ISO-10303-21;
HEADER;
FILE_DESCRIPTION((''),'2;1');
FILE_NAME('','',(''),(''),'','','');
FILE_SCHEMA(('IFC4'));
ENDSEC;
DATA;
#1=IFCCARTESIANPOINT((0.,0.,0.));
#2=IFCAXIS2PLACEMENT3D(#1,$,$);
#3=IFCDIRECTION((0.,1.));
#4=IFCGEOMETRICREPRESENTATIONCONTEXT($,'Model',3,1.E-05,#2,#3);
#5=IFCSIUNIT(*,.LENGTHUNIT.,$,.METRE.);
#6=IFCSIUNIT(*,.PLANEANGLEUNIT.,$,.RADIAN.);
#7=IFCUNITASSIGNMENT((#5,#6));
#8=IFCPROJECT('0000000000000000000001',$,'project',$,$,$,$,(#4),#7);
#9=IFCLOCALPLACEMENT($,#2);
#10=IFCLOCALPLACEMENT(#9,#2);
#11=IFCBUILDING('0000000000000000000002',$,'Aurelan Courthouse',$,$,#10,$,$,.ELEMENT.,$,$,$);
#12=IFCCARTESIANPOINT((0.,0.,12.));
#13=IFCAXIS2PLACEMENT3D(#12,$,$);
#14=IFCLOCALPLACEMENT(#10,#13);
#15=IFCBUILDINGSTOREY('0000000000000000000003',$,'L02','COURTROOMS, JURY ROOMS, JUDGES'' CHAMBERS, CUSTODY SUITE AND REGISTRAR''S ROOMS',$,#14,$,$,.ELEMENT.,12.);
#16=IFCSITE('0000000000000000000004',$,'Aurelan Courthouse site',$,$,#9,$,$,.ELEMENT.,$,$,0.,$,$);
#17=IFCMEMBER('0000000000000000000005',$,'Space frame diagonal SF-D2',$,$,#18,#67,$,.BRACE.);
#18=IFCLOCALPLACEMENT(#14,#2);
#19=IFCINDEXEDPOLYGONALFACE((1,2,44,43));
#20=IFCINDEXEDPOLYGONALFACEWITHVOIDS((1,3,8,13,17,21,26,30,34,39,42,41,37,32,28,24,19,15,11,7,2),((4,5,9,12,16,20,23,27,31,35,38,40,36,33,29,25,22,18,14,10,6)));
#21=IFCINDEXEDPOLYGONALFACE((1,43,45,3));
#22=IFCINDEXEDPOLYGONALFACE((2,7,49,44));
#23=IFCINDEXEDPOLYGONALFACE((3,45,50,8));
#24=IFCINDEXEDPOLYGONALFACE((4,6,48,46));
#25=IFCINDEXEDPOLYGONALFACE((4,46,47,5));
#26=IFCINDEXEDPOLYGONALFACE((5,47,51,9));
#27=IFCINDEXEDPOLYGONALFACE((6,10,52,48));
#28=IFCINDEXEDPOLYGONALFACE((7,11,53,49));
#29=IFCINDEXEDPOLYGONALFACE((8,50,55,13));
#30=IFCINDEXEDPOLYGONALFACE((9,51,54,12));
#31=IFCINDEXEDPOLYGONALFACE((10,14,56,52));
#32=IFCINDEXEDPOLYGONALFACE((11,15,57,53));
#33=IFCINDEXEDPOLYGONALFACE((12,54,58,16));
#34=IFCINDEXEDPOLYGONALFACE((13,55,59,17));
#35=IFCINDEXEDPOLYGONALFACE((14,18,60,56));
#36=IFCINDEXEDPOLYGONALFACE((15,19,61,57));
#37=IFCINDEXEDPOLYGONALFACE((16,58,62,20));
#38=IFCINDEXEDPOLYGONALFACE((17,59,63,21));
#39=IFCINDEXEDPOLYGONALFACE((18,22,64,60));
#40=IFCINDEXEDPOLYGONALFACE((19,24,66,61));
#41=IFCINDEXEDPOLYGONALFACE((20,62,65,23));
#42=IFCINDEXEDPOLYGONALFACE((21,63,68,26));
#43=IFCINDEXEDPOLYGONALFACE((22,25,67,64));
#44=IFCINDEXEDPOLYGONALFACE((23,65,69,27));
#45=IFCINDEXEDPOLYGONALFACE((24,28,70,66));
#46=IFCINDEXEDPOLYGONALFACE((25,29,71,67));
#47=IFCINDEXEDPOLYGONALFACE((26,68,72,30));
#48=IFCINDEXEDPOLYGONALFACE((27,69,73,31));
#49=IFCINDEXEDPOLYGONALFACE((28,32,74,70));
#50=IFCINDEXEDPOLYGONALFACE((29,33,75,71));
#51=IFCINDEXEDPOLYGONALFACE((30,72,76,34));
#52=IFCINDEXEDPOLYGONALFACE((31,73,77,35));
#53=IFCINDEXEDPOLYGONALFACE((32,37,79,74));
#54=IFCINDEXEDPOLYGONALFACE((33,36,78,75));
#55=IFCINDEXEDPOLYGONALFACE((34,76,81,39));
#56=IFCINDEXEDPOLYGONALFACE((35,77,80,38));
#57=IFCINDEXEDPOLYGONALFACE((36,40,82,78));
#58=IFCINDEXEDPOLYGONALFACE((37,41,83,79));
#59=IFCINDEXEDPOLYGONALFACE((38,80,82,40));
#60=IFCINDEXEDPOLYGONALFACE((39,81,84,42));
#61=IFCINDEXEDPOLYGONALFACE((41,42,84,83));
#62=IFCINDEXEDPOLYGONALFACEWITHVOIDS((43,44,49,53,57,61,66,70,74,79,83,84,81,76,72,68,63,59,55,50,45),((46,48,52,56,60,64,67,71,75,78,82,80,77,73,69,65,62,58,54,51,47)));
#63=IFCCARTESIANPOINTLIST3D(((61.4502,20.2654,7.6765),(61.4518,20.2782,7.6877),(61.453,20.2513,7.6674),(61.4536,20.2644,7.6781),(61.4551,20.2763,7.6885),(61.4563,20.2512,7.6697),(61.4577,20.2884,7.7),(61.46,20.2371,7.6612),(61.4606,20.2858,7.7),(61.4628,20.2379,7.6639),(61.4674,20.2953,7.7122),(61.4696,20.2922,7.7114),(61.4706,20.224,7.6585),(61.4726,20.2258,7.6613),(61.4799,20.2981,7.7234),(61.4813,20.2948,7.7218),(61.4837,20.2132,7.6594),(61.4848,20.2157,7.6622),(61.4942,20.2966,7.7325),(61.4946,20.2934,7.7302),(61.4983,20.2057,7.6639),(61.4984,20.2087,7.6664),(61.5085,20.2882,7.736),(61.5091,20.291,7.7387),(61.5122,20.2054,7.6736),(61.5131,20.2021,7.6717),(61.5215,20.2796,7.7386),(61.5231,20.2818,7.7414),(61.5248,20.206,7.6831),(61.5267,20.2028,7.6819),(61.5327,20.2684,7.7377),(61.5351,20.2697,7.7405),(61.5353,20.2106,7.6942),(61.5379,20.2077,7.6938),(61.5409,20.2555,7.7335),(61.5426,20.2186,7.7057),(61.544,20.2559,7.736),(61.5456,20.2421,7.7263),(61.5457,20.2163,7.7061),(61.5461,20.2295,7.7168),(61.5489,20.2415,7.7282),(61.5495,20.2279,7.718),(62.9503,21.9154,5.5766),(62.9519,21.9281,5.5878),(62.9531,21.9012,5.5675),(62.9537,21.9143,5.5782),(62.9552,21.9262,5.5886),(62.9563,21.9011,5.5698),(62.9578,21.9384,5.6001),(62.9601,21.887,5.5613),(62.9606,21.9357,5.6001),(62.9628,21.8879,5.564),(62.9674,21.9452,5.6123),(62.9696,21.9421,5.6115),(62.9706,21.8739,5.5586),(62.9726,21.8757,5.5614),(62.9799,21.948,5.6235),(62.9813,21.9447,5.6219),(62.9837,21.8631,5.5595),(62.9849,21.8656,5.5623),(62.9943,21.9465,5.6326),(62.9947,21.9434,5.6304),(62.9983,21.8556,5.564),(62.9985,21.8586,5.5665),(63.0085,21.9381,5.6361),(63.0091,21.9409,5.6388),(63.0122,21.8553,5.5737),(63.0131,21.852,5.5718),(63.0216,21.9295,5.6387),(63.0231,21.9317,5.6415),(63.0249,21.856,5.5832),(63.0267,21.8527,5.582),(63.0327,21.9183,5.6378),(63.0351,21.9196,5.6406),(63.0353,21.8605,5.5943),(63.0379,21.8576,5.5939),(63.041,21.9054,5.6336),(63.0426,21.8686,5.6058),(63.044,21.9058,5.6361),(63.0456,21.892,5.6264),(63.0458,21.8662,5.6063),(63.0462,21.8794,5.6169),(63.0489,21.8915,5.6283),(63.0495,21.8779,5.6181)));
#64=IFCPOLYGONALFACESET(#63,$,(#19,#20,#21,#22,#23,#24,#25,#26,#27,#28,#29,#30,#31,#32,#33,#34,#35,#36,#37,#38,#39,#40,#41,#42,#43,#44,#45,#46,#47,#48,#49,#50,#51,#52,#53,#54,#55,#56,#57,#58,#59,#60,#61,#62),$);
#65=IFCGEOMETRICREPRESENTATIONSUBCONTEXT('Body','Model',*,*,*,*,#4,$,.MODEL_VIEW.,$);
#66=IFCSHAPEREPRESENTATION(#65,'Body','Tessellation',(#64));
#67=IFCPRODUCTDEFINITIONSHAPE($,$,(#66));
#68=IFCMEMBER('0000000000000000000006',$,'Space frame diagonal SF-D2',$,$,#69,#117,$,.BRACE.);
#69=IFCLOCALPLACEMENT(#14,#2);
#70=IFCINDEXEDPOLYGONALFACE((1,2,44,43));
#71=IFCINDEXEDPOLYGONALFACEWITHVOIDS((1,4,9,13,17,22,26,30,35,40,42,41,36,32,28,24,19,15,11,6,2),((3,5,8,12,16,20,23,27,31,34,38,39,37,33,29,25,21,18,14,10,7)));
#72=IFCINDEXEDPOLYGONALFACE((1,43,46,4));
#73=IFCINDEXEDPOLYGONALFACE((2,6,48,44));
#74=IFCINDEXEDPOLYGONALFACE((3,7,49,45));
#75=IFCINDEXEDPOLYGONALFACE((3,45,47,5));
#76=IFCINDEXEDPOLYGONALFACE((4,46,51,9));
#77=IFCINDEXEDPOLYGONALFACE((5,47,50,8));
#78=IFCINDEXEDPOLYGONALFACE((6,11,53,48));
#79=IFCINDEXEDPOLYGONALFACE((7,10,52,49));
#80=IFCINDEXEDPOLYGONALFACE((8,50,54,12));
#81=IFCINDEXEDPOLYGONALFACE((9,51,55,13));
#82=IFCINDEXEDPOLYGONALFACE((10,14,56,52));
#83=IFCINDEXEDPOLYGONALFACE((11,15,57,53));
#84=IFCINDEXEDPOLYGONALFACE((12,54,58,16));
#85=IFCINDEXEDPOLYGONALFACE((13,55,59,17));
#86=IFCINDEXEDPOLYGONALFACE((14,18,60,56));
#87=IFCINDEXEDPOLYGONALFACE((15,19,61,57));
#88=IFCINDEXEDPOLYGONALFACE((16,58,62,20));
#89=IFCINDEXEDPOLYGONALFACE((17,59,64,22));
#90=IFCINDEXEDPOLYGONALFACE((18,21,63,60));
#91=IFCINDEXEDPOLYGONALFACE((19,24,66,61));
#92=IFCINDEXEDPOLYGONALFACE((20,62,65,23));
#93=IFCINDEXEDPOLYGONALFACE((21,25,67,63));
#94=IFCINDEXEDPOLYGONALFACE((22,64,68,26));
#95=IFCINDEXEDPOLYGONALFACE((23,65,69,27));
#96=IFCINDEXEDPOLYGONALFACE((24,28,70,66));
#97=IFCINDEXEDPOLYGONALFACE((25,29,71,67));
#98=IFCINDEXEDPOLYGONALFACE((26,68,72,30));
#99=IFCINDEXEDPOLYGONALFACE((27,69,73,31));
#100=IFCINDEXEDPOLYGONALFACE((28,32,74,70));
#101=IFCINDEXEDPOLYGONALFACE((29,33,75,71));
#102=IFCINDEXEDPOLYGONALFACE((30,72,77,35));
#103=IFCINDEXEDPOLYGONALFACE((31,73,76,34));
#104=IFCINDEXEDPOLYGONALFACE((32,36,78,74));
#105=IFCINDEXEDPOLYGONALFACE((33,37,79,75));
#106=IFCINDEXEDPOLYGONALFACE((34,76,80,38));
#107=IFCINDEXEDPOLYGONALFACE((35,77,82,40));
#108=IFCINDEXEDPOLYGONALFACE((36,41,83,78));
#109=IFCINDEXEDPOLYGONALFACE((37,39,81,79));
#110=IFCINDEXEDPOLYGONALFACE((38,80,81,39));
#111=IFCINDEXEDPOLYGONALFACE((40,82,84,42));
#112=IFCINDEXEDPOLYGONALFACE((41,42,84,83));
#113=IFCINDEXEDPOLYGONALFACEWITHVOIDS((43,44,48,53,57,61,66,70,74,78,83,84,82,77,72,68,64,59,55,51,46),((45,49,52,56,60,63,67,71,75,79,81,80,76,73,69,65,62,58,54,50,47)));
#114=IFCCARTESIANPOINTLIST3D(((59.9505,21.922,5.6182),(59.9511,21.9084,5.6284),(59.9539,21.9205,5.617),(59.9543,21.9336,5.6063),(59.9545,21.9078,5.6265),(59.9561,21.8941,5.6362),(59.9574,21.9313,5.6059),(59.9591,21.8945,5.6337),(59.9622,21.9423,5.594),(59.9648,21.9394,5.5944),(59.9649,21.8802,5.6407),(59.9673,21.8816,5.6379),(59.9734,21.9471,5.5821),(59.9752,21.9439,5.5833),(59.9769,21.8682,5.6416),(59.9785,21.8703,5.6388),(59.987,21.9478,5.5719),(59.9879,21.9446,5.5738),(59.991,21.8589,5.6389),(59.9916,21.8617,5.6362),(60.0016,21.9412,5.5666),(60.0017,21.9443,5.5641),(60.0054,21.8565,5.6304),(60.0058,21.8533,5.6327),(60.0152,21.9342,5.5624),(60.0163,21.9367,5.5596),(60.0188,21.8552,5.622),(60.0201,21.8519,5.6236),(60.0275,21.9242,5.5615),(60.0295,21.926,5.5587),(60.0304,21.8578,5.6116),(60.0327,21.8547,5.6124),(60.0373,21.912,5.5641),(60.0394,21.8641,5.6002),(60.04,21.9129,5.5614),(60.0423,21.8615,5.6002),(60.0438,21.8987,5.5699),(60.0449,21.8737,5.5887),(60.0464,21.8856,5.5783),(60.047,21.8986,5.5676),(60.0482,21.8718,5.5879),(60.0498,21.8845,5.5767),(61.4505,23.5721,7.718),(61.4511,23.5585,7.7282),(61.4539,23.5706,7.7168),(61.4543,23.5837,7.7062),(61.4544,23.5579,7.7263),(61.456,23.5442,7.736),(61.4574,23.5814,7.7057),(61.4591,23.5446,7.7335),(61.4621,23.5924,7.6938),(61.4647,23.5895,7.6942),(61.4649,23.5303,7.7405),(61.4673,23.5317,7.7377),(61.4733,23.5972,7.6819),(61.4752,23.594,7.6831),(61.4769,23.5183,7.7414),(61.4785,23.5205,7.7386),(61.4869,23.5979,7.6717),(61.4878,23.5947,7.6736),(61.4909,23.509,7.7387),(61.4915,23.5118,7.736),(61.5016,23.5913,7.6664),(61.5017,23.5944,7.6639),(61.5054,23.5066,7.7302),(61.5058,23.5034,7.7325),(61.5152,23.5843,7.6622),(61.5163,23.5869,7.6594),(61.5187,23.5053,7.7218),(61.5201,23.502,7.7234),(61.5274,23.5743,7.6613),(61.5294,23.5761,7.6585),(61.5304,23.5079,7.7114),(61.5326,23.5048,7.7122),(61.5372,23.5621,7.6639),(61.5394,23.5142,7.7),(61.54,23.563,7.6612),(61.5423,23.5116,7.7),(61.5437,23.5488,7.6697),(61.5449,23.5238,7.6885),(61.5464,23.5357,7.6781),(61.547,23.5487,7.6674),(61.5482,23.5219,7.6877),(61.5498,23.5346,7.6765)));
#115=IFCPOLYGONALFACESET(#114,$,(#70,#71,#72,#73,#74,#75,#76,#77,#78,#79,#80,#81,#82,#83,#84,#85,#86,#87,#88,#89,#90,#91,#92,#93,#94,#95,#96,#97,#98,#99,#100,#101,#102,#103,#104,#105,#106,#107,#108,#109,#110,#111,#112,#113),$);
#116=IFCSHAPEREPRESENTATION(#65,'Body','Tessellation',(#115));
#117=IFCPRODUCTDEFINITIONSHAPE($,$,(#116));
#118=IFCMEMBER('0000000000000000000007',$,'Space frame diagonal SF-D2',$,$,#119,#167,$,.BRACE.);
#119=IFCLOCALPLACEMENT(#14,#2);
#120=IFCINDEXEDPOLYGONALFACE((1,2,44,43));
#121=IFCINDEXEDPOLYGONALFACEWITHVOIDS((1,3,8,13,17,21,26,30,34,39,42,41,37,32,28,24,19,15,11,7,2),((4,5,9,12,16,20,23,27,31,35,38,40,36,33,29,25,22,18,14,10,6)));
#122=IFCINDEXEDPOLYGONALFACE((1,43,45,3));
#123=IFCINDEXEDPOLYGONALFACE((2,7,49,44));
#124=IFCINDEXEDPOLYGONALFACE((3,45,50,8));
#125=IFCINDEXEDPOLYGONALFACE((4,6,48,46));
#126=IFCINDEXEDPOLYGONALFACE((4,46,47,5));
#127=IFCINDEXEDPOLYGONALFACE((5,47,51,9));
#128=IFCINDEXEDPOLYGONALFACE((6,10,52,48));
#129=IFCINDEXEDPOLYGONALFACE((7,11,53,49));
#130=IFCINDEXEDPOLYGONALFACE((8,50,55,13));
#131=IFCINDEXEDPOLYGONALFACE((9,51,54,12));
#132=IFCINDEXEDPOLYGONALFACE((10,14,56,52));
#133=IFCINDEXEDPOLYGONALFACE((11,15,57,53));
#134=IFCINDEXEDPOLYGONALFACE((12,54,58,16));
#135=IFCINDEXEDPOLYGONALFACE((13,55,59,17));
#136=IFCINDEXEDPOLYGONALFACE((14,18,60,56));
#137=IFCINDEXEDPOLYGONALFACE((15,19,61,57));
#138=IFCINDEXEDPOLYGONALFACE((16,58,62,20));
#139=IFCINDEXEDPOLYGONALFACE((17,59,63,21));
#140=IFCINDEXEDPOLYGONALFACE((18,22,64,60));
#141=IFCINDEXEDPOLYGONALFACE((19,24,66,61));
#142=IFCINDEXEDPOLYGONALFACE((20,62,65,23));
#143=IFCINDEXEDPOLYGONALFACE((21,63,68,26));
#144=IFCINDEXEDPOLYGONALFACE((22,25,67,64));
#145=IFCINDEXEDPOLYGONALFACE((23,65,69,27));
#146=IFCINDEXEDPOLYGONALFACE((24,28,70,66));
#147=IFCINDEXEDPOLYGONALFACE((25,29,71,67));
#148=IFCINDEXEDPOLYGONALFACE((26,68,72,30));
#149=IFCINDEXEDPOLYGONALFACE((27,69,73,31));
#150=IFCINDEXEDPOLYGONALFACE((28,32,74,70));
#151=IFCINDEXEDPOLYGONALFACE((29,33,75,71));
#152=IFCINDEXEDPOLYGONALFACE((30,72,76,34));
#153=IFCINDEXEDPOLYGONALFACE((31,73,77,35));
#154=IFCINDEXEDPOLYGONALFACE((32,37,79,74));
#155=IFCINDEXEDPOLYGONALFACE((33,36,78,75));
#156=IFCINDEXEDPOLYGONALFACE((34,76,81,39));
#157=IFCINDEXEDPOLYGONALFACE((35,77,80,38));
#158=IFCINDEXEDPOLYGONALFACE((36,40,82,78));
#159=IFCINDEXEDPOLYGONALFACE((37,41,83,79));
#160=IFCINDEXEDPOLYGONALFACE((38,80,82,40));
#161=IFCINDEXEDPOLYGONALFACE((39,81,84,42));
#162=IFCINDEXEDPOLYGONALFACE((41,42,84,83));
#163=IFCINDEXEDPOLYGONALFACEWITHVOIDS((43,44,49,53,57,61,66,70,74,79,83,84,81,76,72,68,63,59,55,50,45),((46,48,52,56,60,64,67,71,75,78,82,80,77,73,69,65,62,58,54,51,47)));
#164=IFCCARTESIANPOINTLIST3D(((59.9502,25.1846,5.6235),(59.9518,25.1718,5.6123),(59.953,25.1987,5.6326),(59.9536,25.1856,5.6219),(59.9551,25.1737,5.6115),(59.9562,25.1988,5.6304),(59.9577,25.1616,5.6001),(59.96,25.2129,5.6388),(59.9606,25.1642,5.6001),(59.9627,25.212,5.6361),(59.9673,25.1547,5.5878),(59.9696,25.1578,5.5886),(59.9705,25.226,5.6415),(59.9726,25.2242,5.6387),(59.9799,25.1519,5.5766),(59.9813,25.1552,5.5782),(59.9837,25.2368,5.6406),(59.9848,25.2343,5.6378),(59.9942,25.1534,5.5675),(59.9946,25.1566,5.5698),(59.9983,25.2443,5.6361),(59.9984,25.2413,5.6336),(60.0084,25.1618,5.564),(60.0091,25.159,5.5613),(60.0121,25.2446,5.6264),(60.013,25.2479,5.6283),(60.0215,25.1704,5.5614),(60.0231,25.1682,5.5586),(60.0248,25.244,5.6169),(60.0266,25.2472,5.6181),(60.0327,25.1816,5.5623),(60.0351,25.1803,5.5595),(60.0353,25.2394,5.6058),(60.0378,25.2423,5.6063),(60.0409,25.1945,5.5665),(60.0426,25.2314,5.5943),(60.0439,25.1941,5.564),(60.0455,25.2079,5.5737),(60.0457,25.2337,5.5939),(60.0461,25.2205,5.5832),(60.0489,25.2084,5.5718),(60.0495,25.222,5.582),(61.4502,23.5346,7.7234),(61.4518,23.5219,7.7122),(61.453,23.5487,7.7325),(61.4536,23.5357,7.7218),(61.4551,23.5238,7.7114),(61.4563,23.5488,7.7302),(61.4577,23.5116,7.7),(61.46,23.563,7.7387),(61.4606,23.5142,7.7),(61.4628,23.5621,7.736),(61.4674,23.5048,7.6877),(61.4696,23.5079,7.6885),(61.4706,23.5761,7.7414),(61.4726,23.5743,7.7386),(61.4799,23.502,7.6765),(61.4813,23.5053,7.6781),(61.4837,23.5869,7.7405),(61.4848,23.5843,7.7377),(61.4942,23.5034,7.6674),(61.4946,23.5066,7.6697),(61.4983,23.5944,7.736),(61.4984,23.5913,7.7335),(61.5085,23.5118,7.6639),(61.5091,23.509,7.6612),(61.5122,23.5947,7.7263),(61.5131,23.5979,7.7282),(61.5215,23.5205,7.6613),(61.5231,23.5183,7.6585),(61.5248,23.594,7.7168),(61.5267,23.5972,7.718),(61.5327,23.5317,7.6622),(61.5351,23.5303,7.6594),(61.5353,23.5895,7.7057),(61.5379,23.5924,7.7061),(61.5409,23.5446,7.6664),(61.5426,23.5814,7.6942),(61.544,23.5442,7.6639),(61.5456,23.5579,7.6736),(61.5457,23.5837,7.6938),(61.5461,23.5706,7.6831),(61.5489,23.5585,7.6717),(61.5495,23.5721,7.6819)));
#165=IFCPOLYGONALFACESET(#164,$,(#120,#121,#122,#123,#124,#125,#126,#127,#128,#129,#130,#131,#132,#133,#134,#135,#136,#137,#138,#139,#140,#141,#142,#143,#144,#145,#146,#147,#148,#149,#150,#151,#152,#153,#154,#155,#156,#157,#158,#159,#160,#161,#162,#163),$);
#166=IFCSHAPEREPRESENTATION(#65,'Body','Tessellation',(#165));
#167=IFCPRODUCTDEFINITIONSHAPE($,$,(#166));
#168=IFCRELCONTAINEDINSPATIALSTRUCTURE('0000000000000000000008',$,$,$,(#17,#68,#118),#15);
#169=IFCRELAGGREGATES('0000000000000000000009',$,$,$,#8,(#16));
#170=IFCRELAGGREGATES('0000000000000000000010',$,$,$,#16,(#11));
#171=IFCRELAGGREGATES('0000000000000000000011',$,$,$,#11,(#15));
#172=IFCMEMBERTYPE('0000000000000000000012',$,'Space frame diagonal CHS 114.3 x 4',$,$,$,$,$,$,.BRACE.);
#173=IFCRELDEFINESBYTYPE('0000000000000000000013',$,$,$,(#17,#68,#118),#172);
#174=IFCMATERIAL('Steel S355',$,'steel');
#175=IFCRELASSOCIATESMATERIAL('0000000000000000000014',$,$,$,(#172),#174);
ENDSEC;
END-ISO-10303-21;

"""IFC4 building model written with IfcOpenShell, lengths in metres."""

from ifc_helpers import new_model, si_unit, direction, frame, origin, origin_2d, place, context, subcontext, project, spatial, hollow_circle, extrude, material, material_profile, profile_set, type_object, element, save


model = new_model("IFC4")

# Units and contexts
model_context = context("Model", 3, precision=1e-05, world=origin(), true_north=direction((0.0, 1.0)))
body_context = subcontext(model_context, "Body", "Model", "MODEL_VIEW")
ifc_project = project(units=[si_unit("LENGTHUNIT", "METRE"), si_unit("PLANEANGLEUNIT", "RADIAN")], contexts=[model_context])

# Site, building, storey
site_placement = place(None, origin())
site = spatial("IfcSite", under=ifc_project, at=site_placement, Name="Aurelan Courthouse site", CompositionType="ELEMENT", RefElevation=0.0)
building_placement = place(site_placement, origin())
building = spatial("IfcBuilding", under=site, at=building_placement, Name="Aurelan Courthouse", CompositionType="ELEMENT")
storey_placement = place(building_placement, frame((0.0, 0.0, 12.0)))
storey = spatial("IfcBuildingStorey", under=building, at=storey_placement, Name="L02", Description="COURTROOMS, JURY ROOMS, JUDGES' CHAMBERS, CUSTODY SUITE AND REGISTRAR'S ROOMS", CompositionType="ELEMENT", Elevation=12.0)

# Members
ifc_material_1 = material(Name="Steel S355", Category="steel")
ifc_material_profile_1 = material_profile(ifc_material_1, hollow_circle(Radius=0.0571, WallThickness=0.0039, at=origin_2d()), Name="CHS 114.3 x 4")
ifc_profile_set_1 = profile_set([ifc_material_profile_1], Name="Steel S355")
member_type_1 = type_object("IfcMemberType", Name="Space frame diagonal CHS 114.3 x 4", PredefinedType="BRACE", material=ifc_profile_set_1)
for number, where, z_axis, x_axis, name in (
    (1, (61.5, 20.25, 7.7), (0.489727, 0.538667, -0.685569), (-0.73992, 0.672695, 0.0), "Space frame diagonal SF-D2"),
    (2, (61.5, 23.55, 7.7), (-0.489706, -0.538724, -0.68554), (0.73997, -0.67264, 0.0), "Space frame diagonal SF-D2"),
    (3, (61.5, 23.55, 7.7), (-0.489727, 0.538667, -0.685569), (-0.73992, -0.672695, 0.0), "Space frame diagonal SF-D2"),
):
    element("IfcMember", number, at=place(storey_placement, frame(where, z_axis=z_axis, x_axis=x_axis)), inside=storey, type_object=member_type_1, Name=name, PredefinedType="BRACE", context=body_context, shape_type="SweptSolid", body=[
        extrude(hollow_circle(Radius=0.0571, WallThickness=0.0039, at=origin_2d()), origin(), (0.0, 0.0, 1.0), 3.063),
    ])

save(model, "model.ifc")
